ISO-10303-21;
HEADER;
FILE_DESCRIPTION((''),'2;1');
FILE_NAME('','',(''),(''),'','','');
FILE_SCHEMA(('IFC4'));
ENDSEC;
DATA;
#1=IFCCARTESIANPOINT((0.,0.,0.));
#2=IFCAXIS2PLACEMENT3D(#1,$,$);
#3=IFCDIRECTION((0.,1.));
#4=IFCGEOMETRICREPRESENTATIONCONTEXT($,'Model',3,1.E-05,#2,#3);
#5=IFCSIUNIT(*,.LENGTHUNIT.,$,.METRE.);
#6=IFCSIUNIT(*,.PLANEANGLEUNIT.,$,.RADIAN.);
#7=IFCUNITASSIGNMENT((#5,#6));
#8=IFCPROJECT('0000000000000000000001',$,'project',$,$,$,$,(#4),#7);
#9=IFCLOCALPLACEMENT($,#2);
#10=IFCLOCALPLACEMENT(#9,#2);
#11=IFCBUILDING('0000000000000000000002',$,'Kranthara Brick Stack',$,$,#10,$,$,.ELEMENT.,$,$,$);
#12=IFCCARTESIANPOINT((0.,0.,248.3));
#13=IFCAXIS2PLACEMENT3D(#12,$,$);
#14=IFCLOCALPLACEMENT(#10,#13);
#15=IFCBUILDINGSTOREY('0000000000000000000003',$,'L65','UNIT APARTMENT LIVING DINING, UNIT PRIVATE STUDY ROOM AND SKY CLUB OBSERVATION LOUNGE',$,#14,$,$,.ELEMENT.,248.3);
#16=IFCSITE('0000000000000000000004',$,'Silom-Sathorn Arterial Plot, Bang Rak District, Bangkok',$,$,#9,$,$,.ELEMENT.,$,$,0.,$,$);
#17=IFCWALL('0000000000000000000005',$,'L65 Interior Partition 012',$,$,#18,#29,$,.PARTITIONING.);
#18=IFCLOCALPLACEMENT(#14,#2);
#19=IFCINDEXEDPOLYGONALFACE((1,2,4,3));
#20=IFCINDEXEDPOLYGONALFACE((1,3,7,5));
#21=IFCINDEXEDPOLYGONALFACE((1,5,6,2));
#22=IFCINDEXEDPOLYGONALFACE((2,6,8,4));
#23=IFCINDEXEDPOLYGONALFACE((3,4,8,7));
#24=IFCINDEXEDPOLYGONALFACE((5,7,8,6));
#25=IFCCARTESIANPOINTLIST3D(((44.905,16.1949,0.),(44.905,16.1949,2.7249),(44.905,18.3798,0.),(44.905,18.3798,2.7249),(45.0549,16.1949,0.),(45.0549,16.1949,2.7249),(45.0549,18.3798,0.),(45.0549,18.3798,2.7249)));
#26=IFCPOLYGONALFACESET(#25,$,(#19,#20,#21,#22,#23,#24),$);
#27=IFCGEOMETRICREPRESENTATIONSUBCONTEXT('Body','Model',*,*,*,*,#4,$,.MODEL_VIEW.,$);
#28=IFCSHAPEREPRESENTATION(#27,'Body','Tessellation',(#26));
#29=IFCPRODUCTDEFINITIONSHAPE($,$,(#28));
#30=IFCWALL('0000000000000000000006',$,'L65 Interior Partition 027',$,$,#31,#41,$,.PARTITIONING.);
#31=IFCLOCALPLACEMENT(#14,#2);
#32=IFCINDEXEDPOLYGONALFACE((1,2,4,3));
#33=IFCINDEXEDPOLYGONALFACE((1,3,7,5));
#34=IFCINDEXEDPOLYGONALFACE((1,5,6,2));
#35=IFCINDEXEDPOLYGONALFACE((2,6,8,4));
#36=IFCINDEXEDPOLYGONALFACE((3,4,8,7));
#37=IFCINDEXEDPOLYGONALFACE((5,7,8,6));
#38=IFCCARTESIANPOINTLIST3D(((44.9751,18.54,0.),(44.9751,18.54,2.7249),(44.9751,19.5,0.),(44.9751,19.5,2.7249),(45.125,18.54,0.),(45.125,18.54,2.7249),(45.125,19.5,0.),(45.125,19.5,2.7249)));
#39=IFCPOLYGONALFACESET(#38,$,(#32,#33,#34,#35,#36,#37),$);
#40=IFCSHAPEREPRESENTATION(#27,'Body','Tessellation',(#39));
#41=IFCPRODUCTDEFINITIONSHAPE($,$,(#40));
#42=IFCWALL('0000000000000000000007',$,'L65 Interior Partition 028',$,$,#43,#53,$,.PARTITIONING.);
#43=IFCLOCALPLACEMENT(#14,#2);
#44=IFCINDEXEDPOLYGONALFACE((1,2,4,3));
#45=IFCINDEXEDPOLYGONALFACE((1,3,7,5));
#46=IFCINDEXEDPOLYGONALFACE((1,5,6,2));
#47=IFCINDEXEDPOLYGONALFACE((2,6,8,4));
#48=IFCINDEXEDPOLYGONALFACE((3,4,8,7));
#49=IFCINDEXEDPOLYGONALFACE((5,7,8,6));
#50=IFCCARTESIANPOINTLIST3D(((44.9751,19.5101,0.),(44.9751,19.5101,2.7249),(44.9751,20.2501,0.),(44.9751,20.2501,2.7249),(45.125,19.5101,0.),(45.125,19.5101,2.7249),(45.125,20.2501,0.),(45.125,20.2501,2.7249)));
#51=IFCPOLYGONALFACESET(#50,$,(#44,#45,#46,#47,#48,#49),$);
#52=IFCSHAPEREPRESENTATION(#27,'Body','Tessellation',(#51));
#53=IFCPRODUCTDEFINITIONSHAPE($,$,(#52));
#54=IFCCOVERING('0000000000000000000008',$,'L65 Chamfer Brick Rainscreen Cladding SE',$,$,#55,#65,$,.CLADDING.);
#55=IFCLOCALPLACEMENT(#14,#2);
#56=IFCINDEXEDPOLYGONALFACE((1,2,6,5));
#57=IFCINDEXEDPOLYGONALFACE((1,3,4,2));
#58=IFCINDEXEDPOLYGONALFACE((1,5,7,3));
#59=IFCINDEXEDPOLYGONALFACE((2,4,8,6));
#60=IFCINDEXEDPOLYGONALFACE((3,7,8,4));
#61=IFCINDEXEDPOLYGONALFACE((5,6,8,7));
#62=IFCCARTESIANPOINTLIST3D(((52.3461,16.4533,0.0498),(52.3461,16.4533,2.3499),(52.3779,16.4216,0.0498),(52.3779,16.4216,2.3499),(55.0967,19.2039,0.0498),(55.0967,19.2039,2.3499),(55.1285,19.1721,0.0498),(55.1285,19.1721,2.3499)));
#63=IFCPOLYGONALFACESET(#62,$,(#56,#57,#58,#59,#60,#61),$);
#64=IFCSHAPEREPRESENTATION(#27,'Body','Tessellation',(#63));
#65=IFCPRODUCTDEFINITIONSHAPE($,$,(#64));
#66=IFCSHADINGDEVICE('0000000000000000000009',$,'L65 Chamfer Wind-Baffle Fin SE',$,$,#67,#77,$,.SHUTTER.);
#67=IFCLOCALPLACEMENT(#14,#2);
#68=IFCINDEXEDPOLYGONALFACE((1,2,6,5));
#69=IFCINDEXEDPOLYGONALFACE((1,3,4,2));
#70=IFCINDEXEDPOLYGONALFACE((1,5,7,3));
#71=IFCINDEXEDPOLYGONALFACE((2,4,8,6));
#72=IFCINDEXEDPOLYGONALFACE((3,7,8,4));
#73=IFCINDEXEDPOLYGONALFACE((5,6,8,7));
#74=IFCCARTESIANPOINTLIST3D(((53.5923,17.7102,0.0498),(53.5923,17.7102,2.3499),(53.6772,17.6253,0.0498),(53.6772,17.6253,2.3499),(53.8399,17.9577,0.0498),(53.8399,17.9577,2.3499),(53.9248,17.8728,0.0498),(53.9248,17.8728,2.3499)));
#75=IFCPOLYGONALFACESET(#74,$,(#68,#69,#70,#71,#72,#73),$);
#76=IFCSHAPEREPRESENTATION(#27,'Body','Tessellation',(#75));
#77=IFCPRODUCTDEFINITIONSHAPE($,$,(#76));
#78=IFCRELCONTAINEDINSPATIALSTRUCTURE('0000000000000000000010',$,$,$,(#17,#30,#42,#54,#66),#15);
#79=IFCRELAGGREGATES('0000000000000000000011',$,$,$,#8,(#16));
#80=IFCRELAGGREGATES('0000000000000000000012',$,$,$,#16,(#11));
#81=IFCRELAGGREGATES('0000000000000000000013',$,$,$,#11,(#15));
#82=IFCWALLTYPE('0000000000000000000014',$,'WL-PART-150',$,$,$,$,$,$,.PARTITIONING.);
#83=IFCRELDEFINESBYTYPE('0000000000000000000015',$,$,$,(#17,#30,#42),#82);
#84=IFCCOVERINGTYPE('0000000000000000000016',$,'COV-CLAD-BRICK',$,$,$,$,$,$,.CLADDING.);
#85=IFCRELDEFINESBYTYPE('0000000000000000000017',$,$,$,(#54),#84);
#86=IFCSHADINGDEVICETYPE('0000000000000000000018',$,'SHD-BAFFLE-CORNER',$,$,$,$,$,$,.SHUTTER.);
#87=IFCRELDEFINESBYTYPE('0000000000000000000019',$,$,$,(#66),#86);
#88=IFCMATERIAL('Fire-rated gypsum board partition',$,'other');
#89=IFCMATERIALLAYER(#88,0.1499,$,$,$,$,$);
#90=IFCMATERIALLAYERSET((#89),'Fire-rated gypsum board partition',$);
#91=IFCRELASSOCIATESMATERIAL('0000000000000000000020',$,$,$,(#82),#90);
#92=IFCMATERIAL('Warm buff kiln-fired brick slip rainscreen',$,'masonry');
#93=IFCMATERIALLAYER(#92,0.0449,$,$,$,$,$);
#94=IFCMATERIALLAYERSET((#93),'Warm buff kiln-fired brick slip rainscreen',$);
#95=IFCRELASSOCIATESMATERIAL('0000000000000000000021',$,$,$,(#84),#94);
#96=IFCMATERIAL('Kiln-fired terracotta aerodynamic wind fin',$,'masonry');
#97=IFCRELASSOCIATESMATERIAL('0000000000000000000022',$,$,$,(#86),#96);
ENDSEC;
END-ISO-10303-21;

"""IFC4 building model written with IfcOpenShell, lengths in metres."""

from ifc_helpers import new_model, si_unit, direction, frame, frame_2d, origin, origin_2d, place, context, subcontext, project, spatial, rectangle, extrude, material, layer, layer_set, type_object, element, save


model = new_model("IFC4")

# Units and contexts
model_context = context("Model", 3, precision=1e-05, world=origin(), true_north=direction((0.0, 1.0)))
body_context = subcontext(model_context, "Body", "Model", "MODEL_VIEW")
ifc_project = project(units=[si_unit("LENGTHUNIT", "METRE"), si_unit("PLANEANGLEUNIT", "RADIAN")], contexts=[model_context])

# Site, building, storey
site_placement = place(None, origin())
site = spatial("IfcSite", under=ifc_project, at=site_placement, Name="Silom-Sathorn Arterial Plot, Bang Rak District, Bangkok", CompositionType="ELEMENT", RefElevation=0.0)
building_placement = place(site_placement, origin())
building = spatial("IfcBuilding", under=site, at=building_placement, Name="Kranthara Brick Stack", CompositionType="ELEMENT")
storey_placement = place(building_placement, frame((0.0, 0.0, 248.3)))
storey = spatial("IfcBuildingStorey", under=building, at=storey_placement, Name="L65", Description="UNIT APARTMENT LIVING DINING, UNIT PRIVATE STUDY ROOM AND SKY CLUB OBSERVATION LOUNGE", CompositionType="ELEMENT", Elevation=248.3)

# Walls
ifc_material_1 = material(Name="Fire-rated gypsum board partition", Category="other")
ifc_layer_1 = layer(ifc_material_1, 0.1499)
ifc_layer_set_1 = layer_set([ifc_layer_1], Name="Fire-rated gypsum board partition")
wall_type_1 = type_object("IfcWallType", Name="WL-PART-150", PredefinedType="PARTITIONING", material=ifc_layer_set_1)
wall_1_placement = place(storey_placement, frame((44.98, 16.1951, 0.0), z_axis=(0.0, 0.0, 1.0), x_axis=(0.0, 1.0, 0.0)))
element("IfcWall", 1, at=wall_1_placement, inside=storey, type_object=wall_type_1, Name="L65 Interior Partition 012", PredefinedType="PARTITIONING", context=body_context, shape_type="SweptSolid", body=[
    extrude(rectangle(XDim=2.1848, YDim=0.1499, at=frame_2d((1.0923, 0.0))), origin(), (0.0, 0.0, 1.0), 2.7249),
])
wall_2_placement = place(storey_placement, frame((45.05, 19.5, 0.0), z_axis=(0.0, 0.0, 1.0), x_axis=(0.0, -1.0, 0.0)))
element("IfcWall", 2, at=wall_2_placement, inside=storey, type_object=wall_type_1, Name="L65 Interior Partition 027", PredefinedType="PARTITIONING", context=body_context, shape_type="SweptSolid", body=[
    extrude(rectangle(XDim=0.96, YDim=0.1499, at=frame_2d((0.48, 0.0))), origin(), (0.0, 0.0, 1.0), 2.7249),
])
wall_3_placement = place(storey_placement, frame((45.05, 19.51, 0.0), z_axis=(0.0, 0.0, 1.0), x_axis=(0.0, 1.0, 0.0)))
element("IfcWall", 3, at=wall_3_placement, inside=storey, type_object=wall_type_1, Name="L65 Interior Partition 028", PredefinedType="PARTITIONING", context=body_context, shape_type="SweptSolid", body=[
    extrude(rectangle(XDim=0.74, YDim=0.1499, at=frame_2d((0.3701, 0.0))), origin(), (0.0, 0.0, 1.0), 2.7249),
])

# Covering
ifc_material_2 = material(Name="Warm buff kiln-fired brick slip rainscreen", Category="masonry")
ifc_layer_2 = layer(ifc_material_2, 0.0449)
ifc_layer_set_2 = layer_set([ifc_layer_2], Name="Warm buff kiln-fired brick slip rainscreen")
covering_type = type_object("IfcCoveringType", Name="COV-CLAD-BRICK", PredefinedType="CLADDING", material=ifc_layer_set_2)
covering_placement = place(storey_placement, frame((53.7373, 17.8127, 0.0498), z_axis=(0.0, 0.0, 1.0), x_axis=(-0.707107, -0.707107, 0.0)))
element("IfcCovering", 4, at=covering_placement, inside=storey, type_object=covering_type, Name="L65 Chamfer Brick Rainscreen Cladding SE", PredefinedType="CLADDING", context=body_context, shape_type="SweptSolid", body=[
    extrude(rectangle(XDim=3.8899, YDim=0.0449, at=origin_2d()), origin(), (0.0, 0.0, 1.0), 2.3),
])

# Shading device
ifc_material_3 = material(Name="Kiln-fired terracotta aerodynamic wind fin", Category="masonry")
shading_device_type = type_object("IfcShadingDeviceType", Name="SHD-BAFFLE-CORNER", PredefinedType="SHUTTER", material=ifc_material_3)
shading_device_placement = place(storey_placement, frame((53.7585, 17.7915, 0.0498), z_axis=(0.0, 0.0, 1.0), x_axis=(-0.707107, -0.707107, 0.0)))
element("IfcShadingDevice", 5, at=shading_device_placement, inside=storey, type_object=shading_device_type, Name="L65 Chamfer Wind-Baffle Fin SE", PredefinedType="SHUTTER", context=body_context, shape_type="SweptSolid", body=[
    extrude(rectangle(XDim=0.3501, YDim=0.1201, at=origin_2d()), origin(), (0.0, 0.0, 1.0), 2.3),
])

save(model, "model.ifc")
